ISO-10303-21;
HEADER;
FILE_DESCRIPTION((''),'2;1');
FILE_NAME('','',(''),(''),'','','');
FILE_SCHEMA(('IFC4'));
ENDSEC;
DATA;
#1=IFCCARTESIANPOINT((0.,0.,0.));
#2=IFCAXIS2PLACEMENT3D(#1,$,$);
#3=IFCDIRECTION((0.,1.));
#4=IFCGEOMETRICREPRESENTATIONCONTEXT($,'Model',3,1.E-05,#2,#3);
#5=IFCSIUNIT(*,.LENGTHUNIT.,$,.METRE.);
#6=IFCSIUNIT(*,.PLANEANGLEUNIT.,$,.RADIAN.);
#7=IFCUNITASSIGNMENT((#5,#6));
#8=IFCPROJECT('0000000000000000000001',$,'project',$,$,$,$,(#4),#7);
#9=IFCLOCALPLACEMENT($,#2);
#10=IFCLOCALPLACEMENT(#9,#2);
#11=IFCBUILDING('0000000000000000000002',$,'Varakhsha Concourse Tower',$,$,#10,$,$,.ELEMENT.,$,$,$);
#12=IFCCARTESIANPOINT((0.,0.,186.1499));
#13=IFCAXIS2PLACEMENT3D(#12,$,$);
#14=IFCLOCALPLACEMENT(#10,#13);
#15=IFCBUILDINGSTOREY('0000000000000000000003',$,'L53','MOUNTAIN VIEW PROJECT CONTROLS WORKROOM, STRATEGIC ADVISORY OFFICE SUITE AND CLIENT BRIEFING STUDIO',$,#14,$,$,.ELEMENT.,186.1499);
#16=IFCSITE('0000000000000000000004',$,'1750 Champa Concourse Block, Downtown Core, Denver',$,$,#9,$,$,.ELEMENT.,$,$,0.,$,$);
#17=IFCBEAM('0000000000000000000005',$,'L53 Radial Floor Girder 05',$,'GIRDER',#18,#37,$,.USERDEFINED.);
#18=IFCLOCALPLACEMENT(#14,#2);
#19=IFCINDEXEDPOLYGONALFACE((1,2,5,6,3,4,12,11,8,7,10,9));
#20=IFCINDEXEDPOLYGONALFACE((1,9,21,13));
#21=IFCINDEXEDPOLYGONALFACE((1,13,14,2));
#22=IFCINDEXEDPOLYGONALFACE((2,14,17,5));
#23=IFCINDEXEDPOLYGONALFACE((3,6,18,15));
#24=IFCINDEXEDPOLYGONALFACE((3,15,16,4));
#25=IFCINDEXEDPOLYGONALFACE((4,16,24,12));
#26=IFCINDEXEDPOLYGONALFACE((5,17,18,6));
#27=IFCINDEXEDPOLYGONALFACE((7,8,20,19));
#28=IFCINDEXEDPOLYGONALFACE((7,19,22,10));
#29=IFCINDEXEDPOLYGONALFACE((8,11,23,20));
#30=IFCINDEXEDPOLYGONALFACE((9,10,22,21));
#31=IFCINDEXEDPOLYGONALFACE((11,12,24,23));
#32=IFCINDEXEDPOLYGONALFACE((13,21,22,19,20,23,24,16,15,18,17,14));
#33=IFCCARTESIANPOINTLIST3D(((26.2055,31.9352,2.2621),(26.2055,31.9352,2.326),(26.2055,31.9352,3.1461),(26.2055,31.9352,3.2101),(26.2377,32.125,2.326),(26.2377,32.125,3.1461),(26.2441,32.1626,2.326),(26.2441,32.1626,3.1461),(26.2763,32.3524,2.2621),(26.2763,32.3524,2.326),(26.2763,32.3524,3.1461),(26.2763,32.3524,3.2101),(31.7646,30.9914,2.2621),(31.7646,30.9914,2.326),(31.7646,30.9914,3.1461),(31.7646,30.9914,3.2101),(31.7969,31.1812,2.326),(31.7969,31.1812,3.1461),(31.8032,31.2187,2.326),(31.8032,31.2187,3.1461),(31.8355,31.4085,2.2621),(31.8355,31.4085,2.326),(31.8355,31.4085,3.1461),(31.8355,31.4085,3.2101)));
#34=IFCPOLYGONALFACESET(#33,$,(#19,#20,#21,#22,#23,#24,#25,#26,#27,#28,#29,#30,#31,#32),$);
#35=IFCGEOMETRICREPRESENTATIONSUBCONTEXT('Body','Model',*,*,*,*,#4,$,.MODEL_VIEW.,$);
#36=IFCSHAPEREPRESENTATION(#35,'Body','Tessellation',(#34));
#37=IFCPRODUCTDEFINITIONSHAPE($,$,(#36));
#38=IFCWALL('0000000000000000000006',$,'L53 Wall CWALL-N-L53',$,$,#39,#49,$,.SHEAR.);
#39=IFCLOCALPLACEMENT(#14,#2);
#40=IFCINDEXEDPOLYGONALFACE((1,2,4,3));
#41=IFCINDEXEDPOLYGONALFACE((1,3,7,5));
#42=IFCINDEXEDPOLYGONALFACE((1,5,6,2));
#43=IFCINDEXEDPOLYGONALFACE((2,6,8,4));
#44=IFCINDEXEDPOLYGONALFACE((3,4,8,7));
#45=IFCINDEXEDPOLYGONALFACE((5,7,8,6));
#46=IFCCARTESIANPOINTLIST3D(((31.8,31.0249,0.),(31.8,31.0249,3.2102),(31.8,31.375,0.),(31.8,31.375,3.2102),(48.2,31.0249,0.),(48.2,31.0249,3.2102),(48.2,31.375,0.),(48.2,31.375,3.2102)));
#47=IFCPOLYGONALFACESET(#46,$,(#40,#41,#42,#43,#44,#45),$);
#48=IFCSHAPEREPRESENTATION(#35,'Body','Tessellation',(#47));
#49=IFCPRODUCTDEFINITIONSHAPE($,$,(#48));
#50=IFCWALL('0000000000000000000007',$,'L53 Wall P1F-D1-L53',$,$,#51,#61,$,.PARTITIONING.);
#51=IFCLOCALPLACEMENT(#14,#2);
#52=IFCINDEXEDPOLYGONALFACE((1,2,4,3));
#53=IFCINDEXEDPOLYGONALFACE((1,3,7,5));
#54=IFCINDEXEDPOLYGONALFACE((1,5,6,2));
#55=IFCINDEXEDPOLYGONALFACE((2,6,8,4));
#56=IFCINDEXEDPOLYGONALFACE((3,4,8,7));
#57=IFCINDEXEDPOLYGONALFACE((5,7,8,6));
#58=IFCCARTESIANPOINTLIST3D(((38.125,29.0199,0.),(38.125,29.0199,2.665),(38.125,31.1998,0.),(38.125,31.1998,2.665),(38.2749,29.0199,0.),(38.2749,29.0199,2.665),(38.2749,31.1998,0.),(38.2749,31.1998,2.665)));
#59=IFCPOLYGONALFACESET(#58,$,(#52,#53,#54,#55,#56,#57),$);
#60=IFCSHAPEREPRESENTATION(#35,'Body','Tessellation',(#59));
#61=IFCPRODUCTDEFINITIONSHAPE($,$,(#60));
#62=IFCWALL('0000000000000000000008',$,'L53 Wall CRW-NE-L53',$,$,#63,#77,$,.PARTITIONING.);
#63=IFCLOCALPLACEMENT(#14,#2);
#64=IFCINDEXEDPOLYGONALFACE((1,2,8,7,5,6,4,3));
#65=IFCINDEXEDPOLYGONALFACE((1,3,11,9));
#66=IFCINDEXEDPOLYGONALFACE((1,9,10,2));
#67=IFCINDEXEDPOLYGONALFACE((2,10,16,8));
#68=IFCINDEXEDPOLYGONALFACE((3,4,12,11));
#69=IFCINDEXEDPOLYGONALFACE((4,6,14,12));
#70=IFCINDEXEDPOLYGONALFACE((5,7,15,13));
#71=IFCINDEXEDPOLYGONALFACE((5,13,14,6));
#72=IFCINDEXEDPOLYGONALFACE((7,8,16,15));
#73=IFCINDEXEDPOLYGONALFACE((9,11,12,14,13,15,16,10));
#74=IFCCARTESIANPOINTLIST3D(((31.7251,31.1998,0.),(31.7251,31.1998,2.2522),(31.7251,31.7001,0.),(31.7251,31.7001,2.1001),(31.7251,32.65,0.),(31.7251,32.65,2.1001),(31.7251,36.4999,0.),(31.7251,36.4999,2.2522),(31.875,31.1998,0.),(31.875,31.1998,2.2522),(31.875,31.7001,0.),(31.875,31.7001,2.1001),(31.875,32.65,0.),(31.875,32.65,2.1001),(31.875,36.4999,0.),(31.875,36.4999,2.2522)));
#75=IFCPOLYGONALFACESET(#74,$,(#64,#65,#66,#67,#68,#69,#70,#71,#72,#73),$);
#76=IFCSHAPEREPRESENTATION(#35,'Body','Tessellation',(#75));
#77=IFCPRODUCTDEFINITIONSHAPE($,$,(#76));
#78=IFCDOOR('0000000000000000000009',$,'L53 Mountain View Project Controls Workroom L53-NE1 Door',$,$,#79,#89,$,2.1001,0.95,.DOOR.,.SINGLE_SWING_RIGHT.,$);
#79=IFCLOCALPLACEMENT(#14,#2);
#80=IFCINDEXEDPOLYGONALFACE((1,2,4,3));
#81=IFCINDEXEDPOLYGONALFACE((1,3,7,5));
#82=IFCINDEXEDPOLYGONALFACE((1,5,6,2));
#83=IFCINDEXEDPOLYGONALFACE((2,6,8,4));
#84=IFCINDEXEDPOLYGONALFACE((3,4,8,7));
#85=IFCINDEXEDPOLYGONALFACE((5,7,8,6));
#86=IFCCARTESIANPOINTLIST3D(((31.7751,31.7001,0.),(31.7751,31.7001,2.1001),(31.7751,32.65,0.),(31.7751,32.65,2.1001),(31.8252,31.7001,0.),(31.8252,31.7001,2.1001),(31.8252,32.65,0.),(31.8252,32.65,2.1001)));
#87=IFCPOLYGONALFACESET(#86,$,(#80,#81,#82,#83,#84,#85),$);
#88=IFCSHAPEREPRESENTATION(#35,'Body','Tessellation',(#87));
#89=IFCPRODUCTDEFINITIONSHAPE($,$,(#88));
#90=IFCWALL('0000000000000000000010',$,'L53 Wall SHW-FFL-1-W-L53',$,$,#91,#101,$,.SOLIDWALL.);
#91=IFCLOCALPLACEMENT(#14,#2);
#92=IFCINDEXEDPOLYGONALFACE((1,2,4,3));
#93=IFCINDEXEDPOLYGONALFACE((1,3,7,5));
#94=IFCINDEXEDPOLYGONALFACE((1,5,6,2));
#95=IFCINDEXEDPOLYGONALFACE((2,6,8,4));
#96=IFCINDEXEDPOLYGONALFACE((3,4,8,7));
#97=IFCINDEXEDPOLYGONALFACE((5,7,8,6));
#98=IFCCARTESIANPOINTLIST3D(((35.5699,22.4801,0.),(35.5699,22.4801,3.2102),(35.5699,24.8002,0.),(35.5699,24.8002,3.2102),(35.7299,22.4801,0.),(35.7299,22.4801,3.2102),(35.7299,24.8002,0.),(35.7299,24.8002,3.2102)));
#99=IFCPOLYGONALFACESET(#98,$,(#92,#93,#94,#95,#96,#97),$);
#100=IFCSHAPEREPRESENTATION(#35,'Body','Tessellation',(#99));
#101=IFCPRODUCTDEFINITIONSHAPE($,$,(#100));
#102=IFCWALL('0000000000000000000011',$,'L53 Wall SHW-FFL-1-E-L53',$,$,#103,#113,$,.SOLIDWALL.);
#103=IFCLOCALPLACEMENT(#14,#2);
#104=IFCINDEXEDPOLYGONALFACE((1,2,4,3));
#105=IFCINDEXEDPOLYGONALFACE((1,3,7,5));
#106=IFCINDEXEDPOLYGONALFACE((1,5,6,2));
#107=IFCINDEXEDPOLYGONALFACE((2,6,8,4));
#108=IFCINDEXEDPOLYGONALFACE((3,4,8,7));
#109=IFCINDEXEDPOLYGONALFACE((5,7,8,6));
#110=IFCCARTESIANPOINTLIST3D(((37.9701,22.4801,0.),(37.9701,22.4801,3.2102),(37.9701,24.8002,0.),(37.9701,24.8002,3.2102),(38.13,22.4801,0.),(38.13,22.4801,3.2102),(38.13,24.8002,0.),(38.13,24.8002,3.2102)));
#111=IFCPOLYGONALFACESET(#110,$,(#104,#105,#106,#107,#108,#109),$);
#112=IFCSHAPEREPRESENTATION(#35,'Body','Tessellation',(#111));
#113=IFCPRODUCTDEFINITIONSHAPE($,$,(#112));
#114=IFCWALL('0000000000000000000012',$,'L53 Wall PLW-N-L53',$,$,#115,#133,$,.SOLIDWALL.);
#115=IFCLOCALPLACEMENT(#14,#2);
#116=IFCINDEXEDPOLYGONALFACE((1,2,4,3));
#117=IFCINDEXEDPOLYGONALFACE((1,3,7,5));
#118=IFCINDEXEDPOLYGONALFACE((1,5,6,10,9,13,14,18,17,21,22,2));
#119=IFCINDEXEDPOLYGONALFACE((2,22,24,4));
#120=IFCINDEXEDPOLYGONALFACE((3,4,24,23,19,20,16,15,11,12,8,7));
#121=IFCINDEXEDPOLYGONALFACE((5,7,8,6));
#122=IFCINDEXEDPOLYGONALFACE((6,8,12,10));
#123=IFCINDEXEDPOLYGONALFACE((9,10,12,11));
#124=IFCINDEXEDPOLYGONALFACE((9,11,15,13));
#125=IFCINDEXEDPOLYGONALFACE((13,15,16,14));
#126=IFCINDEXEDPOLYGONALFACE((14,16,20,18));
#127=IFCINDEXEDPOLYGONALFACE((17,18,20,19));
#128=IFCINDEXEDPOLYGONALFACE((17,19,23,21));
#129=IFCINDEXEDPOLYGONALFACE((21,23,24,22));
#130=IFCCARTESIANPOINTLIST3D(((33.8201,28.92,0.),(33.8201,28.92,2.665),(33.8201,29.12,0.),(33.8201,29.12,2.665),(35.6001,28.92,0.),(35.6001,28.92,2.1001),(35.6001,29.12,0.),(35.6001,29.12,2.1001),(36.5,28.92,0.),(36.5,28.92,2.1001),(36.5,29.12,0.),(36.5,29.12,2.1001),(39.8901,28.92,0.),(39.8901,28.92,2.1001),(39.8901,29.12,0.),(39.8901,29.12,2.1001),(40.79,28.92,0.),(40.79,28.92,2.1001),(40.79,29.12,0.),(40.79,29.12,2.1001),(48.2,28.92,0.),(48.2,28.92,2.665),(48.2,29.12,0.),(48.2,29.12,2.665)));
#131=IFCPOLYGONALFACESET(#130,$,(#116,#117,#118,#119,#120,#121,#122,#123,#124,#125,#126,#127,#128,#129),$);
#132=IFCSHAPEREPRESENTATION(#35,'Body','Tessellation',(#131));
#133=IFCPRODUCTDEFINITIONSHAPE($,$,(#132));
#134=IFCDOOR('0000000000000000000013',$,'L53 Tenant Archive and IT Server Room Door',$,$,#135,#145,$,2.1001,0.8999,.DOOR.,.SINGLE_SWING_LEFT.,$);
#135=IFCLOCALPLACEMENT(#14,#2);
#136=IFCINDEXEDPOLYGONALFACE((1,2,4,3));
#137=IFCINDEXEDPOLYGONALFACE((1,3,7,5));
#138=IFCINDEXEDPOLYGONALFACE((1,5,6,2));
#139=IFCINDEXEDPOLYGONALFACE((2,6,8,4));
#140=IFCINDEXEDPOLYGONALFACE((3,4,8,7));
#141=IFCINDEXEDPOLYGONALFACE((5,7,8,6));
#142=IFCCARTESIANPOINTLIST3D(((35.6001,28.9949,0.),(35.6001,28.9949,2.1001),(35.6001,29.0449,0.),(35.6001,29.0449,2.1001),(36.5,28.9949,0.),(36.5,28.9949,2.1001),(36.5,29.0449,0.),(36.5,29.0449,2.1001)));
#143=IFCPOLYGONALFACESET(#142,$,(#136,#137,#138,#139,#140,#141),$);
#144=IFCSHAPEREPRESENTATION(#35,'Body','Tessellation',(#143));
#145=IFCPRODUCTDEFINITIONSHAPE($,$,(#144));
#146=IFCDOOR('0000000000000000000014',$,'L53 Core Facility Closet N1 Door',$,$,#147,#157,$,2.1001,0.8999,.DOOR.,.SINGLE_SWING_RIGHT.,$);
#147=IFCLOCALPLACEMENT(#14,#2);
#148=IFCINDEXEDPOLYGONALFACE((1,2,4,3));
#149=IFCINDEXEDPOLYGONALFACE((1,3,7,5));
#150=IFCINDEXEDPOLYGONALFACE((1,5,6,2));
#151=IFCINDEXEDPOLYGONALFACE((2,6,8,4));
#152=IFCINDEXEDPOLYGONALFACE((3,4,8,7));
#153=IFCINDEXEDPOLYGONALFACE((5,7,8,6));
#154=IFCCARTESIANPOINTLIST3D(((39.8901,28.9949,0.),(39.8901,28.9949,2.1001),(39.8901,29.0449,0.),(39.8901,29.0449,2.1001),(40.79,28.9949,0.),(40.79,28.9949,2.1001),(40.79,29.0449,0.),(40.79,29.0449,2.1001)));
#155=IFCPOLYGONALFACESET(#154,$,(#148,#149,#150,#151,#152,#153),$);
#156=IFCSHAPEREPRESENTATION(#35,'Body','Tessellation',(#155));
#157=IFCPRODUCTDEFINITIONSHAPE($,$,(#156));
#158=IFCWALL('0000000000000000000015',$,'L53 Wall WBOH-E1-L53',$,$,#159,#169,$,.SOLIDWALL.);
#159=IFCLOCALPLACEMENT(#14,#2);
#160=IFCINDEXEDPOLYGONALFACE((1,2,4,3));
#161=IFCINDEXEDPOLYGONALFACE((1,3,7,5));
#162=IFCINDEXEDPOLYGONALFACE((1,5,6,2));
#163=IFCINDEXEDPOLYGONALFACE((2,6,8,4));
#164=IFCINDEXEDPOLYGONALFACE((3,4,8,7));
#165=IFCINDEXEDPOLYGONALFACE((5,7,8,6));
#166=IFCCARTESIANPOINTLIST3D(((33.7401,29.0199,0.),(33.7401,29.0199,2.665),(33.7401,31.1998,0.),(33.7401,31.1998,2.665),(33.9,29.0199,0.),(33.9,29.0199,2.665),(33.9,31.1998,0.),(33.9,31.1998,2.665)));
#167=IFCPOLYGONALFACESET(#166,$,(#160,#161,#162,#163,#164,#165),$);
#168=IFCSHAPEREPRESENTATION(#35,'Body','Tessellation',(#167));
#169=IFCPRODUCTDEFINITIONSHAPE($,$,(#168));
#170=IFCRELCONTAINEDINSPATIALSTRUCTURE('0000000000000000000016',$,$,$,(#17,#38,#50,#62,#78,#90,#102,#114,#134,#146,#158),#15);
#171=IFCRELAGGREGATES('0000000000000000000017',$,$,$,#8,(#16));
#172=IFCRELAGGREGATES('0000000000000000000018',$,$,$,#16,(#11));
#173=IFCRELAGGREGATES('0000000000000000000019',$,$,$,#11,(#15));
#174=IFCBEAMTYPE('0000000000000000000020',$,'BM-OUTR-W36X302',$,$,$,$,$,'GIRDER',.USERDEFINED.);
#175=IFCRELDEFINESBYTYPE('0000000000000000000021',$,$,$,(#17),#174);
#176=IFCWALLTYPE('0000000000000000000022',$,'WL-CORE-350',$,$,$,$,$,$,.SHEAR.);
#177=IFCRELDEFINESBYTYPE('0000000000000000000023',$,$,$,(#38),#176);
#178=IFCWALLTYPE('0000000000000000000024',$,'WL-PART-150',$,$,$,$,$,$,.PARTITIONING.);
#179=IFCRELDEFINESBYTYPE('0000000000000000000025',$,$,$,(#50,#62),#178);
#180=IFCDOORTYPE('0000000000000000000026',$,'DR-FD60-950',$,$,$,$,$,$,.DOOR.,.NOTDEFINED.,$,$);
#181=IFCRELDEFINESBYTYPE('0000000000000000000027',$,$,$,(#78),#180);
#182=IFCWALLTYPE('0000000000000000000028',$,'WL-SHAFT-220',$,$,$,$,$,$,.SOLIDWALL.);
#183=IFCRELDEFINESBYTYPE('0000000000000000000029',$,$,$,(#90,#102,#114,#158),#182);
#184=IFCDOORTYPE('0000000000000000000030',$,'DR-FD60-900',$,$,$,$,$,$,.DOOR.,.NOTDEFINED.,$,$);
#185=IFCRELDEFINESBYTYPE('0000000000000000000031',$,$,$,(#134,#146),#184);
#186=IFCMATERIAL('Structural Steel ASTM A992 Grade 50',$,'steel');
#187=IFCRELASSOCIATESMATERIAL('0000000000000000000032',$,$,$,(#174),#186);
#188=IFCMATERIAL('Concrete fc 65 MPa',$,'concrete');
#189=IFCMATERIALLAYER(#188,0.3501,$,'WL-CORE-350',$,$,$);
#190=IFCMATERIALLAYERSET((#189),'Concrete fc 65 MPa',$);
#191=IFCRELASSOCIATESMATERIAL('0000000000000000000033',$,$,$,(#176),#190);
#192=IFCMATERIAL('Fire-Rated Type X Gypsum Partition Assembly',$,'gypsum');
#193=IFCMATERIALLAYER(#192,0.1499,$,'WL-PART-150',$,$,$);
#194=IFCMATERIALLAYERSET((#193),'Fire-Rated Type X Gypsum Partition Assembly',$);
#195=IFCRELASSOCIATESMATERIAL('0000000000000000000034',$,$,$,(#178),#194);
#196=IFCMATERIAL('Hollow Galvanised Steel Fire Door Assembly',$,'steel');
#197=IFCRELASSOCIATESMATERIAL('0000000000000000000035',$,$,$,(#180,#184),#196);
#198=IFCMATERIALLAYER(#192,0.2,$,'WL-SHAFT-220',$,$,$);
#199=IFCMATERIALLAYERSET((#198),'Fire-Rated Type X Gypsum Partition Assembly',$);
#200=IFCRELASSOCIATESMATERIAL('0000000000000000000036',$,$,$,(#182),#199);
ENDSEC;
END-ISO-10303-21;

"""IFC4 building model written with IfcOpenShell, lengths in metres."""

from ifc_helpers import new_model, si_unit, direction, frame, frame_2d, origin, origin_2d, place, context, subcontext, project, spatial, rectangle, i_section, extrude, material, layer, layer_set, material_profile, profile_set, type_object, element, fill, save


model = new_model("IFC4")

# Units and contexts
model_context = context("Model", 3, precision=1e-05, world=origin(), true_north=direction((0.0, 1.0)))
body_context = subcontext(model_context, "Body", "Model", "MODEL_VIEW")
ifc_project = project(units=[si_unit("LENGTHUNIT", "METRE"), si_unit("PLANEANGLEUNIT", "RADIAN")], contexts=[model_context])

# Site, building, storey
site_placement = place(None, origin())
site = spatial("IfcSite", under=ifc_project, at=site_placement, Name="1750 Champa Concourse Block, Downtown Core, Denver", CompositionType="ELEMENT", RefElevation=0.0)
building_placement = place(site_placement, origin())
building = spatial("IfcBuilding", under=site, at=building_placement, Name="Varakhsha Concourse Tower", CompositionType="ELEMENT")
storey_placement = place(building_placement, frame((0.0, 0.0, 186.1499)))
storey = spatial("IfcBuildingStorey", under=building, at=storey_placement, Name="L53", Description="MOUNTAIN VIEW PROJECT CONTROLS WORKROOM, STRATEGIC ADVISORY OFFICE SUITE AND CLIENT BRIEFING STUDIO", CompositionType="ELEMENT", Elevation=186.1499)

# Beam
ifc_material_1 = material(Name="Structural Steel ASTM A992 Grade 50", Category="steel")
ifc_material_profile = material_profile(ifc_material_1, i_section(OverallWidth=0.4231, OverallDepth=0.948, WebThickness=0.0381, FlangeThickness=0.064, at=origin_2d()), Name="W36X302")
ifc_profile_set = profile_set([ifc_material_profile], Name="Structural Steel ASTM A992 Grade 50")
beam_type = type_object("IfcBeamType", Name="BM-OUTR-W36X302", ElementType="GIRDER", PredefinedType="USERDEFINED", material=ifc_profile_set)
beam_placement = place(storey_placement, frame((31.8, 31.2, 2.7361), z_axis=(-0.985891, 0.167389, 0.0), x_axis=(-0.167389, -0.985891, 0.0)))
element("IfcBeam", 1, at=beam_placement, inside=storey, type_object=beam_type, Name="L53 Radial Floor Girder 05", ObjectType="GIRDER", PredefinedType="USERDEFINED", context=body_context, shape_type="SweptSolid", body=[
    extrude(i_section(OverallWidth=0.4231, OverallDepth=0.948, WebThickness=0.0381, FlangeThickness=0.064, at=origin_2d()), origin(), (0.0, 0.0, 1.0), 5.6387),
])

# Walls
ifc_material_2 = material(Name="Concrete fc 65 MPa", Category="concrete")
ifc_layer_1 = layer(ifc_material_2, 0.3501, Name="WL-CORE-350")
ifc_layer_set_1 = layer_set([ifc_layer_1], Name="Concrete fc 65 MPa")
wall_type_1 = type_object("IfcWallType", Name="WL-CORE-350", PredefinedType="SHEAR", material=ifc_layer_set_1)
wall_1_placement = place(storey_placement, frame((31.8, 31.2, 0.0), z_axis=(0.0, 0.0, 1.0), x_axis=(1.0, 0.0, 0.0)))
element("IfcWall", 2, at=wall_1_placement, inside=storey, type_object=wall_type_1, Name="L53 Wall CWALL-N-L53", PredefinedType="SHEAR", context=body_context, shape_type="SweptSolid", body=[
    extrude(rectangle(XDim=16.3999, YDim=0.3501, at=frame_2d((8.2, 0.0))), origin(), (0.0, 0.0, 1.0), 3.2102),
])
ifc_material_3 = material(Name="Fire-Rated Type X Gypsum Partition Assembly", Category="gypsum")
ifc_layer_2 = layer(ifc_material_3, 0.1499, Name="WL-PART-150")
ifc_layer_set_2 = layer_set([ifc_layer_2], Name="Fire-Rated Type X Gypsum Partition Assembly")
wall_type_2 = type_object("IfcWallType", Name="WL-PART-150", PredefinedType="PARTITIONING", material=ifc_layer_set_2)
wall_2_placement = place(storey_placement, frame((38.2, 29.02, 0.0), z_axis=(0.0, 0.0, 1.0), x_axis=(0.0, 1.0, 0.0)))
element("IfcWall", 3, at=wall_2_placement, inside=storey, type_object=wall_type_2, Name="L53 Wall P1F-D1-L53", PredefinedType="PARTITIONING", context=body_context, shape_type="SweptSolid", body=[
    extrude(rectangle(XDim=2.1799, YDim=0.1499, at=frame_2d((1.0898, 0.0))), origin(), (0.0, 0.0, 1.0), 2.665),
])

# Wall, opening, door
wall_3_placement = place(storey_placement, frame((31.8, 31.2, 0.0), z_axis=(0.0, 0.0, 1.0), x_axis=(0.0, 1.0, 0.0)))
wall_3 = element("IfcWall", 4, at=wall_3_placement, inside=storey, type_object=wall_type_2, Name="L53 Wall CRW-NE-L53", PredefinedType="PARTITIONING", context=body_context, shape_type="SweptSolid", body=[
    extrude(rectangle(XDim=5.3, YDim=0.1499, at=frame_2d((2.6499, 0.0))), origin(), (0.0, 0.0, 1.0), 2.2522),
])
opening_1_placement = place(wall_3_placement, frame((0.5, 0.0, 0.0)))
opening_1 = element("IfcOpeningElement", 5, at=opening_1_placement, cuts=wall_3, PredefinedType="OPENING", context=body_context, shape_type="SweptSolid", body=[
    extrude(rectangle(XDim=0.95, YDim=2.1001, at=frame_2d((0.4751, 1.05))), frame((0.0, 0.085, 0.0), z_axis=(0.0, -1.0, 0.0), x_axis=(1.0, 0.0, 0.0)), (0.0, 0.0, 1.0), 0.1699),
])
ifc_material_4 = material(Name="Hollow Galvanised Steel Fire Door Assembly", Category="steel")
door_type_1 = type_object("IfcDoorType", Name="DR-FD60-950", OperationType="NOTDEFINED", PredefinedType="DOOR", material=ifc_material_4)
door_1_placement = place(opening_1_placement, origin())
door_1 = element("IfcDoor", 6, at=door_1_placement, inside=storey, type_object=door_type_1, Name="L53 Mountain View Project Controls Workroom L53-NE1 Door", OperationType="SINGLE_SWING_RIGHT", OverallHeight=2.1001, OverallWidth=0.95, PredefinedType="DOOR", context=body_context, shape_type="SweptSolid", body=[
    extrude(rectangle(XDim=0.95, YDim=2.1001, at=frame_2d((0.4751, 1.05))), frame((0.0, 0.0249, 0.0), z_axis=(0.0, -1.0, 0.0), x_axis=(1.0, 0.0, 0.0)), (0.0, 0.0, 1.0), 0.05),
])
fill(opening_1, door_1)

# Shared definitions
ifc_layer_3 = layer(ifc_material_3, 0.2, Name="WL-SHAFT-220")
ifc_layer_set_3 = layer_set([ifc_layer_3], Name="Fire-Rated Type X Gypsum Partition Assembly")
wall_type_3 = type_object("IfcWallType", Name="WL-SHAFT-220", PredefinedType="SOLIDWALL", material=ifc_layer_set_3)

# Walls
for number, where, z_axis, x_axis, name in (
    (7, (35.6499, 22.48, 0.0), (0.0, 0.0, 1.0), (0.0, 1.0, 0.0), "L53 Wall SHW-FFL-1-W-L53"),
    (8, (38.05, 22.48, 0.0), (0.0, 0.0, 1.0), (0.0, 1.0, 0.0), "L53 Wall SHW-FFL-1-E-L53"),
):
    element("IfcWall", number, at=place(storey_placement, frame(where, z_axis=z_axis, x_axis=x_axis)), inside=storey, type_object=wall_type_3, Name=name, PredefinedType="SOLIDWALL", context=body_context, shape_type="SweptSolid", body=[
        extrude(rectangle(XDim=2.3201, YDim=0.1599, at=frame_2d((1.1602, 0.0))), origin(), (0.0, 0.0, 1.0), 3.2102),
    ])

# Wall, openings, doors
wall_4_placement = place(storey_placement, frame((33.8201, 29.02, 0.0), z_axis=(0.0, 0.0, 1.0), x_axis=(1.0, 0.0, 0.0)))
wall_4 = element("IfcWall", 9, at=wall_4_placement, inside=storey, type_object=wall_type_3, Name="L53 Wall PLW-N-L53", PredefinedType="SOLIDWALL", context=body_context, shape_type="SweptSolid", body=[
    extrude(rectangle(XDim=14.3799, YDim=0.2, at=frame_2d((7.1899, 0.0))), origin(), (0.0, 0.0, 1.0), 2.665),
])
opening_2_placement = place(wall_4_placement, frame((1.78, 0.0, 0.0)))
opening_2 = element("IfcOpeningElement", 10, at=opening_2_placement, cuts=wall_4, PredefinedType="OPENING", context=body_context, shape_type="SweptSolid", body=[
    extrude(rectangle(XDim=0.8999, YDim=2.1001, at=frame_2d((0.45, 1.05))), frame((0.0, 0.1099, 0.0), z_axis=(0.0, -1.0, 0.0), x_axis=(1.0, 0.0, 0.0)), (0.0, 0.0, 1.0), 0.22),
])
opening_3_placement = place(wall_4_placement, frame((6.0701, 0.0, 0.0)))
opening_3 = element("IfcOpeningElement", 11, at=opening_3_placement, cuts=wall_4, PredefinedType="OPENING", context=body_context, shape_type="SweptSolid", body=[
    extrude(rectangle(XDim=0.8999, YDim=2.1001, at=frame_2d((0.45, 1.05))), frame((0.0, 0.1099, 0.0), z_axis=(0.0, -1.0, 0.0), x_axis=(1.0, 0.0, 0.0)), (0.0, 0.0, 1.0), 0.22),
])
door_type_2 = type_object("IfcDoorType", Name="DR-FD60-900", OperationType="NOTDEFINED", PredefinedType="DOOR", material=ifc_material_4)
door_2_placement = place(opening_2_placement, origin())
door_2 = element("IfcDoor", 12, at=door_2_placement, inside=storey, type_object=door_type_2, Name="L53 Tenant Archive and IT Server Room Door", OperationType="SINGLE_SWING_LEFT", OverallHeight=2.1001, OverallWidth=0.8999, PredefinedType="DOOR", context=body_context, shape_type="SweptSolid", body=[
    extrude(rectangle(XDim=0.8999, YDim=2.1001, at=frame_2d((0.45, 1.05))), frame((0.0, 0.0249, 0.0), z_axis=(0.0, -1.0, 0.0), x_axis=(1.0, 0.0, 0.0)), (0.0, 0.0, 1.0), 0.05),
])
fill(opening_2, door_2)
door_3_placement = place(opening_3_placement, origin())
door_3 = element("IfcDoor", 13, at=door_3_placement, inside=storey, type_object=door_type_2, Name="L53 Core Facility Closet N1 Door", OperationType="SINGLE_SWING_RIGHT", OverallHeight=2.1001, OverallWidth=0.8999, PredefinedType="DOOR", context=body_context, shape_type="SweptSolid", body=[
    extrude(rectangle(XDim=0.8999, YDim=2.1001, at=frame_2d((0.45, 1.05))), frame((0.0, 0.0249, 0.0), z_axis=(0.0, -1.0, 0.0), x_axis=(1.0, 0.0, 0.0)), (0.0, 0.0, 1.0), 0.05),
])
fill(opening_3, door_3)

# Wall
wall_5_placement = place(storey_placement, frame((33.8201, 29.02, 0.0), z_axis=(0.0, 0.0, 1.0), x_axis=(0.0, 1.0, 0.0)))
element("IfcWall", 14, at=wall_5_placement, inside=storey, type_object=wall_type_3, Name="L53 Wall WBOH-E1-L53", PredefinedType="SOLIDWALL", context=body_context, shape_type="SweptSolid", body=[
    extrude(rectangle(XDim=2.1799, YDim=0.1599, at=frame_2d((1.0898, 0.0))), origin(), (0.0, 0.0, 1.0), 2.665),
])

save(model, "model.ifc")
